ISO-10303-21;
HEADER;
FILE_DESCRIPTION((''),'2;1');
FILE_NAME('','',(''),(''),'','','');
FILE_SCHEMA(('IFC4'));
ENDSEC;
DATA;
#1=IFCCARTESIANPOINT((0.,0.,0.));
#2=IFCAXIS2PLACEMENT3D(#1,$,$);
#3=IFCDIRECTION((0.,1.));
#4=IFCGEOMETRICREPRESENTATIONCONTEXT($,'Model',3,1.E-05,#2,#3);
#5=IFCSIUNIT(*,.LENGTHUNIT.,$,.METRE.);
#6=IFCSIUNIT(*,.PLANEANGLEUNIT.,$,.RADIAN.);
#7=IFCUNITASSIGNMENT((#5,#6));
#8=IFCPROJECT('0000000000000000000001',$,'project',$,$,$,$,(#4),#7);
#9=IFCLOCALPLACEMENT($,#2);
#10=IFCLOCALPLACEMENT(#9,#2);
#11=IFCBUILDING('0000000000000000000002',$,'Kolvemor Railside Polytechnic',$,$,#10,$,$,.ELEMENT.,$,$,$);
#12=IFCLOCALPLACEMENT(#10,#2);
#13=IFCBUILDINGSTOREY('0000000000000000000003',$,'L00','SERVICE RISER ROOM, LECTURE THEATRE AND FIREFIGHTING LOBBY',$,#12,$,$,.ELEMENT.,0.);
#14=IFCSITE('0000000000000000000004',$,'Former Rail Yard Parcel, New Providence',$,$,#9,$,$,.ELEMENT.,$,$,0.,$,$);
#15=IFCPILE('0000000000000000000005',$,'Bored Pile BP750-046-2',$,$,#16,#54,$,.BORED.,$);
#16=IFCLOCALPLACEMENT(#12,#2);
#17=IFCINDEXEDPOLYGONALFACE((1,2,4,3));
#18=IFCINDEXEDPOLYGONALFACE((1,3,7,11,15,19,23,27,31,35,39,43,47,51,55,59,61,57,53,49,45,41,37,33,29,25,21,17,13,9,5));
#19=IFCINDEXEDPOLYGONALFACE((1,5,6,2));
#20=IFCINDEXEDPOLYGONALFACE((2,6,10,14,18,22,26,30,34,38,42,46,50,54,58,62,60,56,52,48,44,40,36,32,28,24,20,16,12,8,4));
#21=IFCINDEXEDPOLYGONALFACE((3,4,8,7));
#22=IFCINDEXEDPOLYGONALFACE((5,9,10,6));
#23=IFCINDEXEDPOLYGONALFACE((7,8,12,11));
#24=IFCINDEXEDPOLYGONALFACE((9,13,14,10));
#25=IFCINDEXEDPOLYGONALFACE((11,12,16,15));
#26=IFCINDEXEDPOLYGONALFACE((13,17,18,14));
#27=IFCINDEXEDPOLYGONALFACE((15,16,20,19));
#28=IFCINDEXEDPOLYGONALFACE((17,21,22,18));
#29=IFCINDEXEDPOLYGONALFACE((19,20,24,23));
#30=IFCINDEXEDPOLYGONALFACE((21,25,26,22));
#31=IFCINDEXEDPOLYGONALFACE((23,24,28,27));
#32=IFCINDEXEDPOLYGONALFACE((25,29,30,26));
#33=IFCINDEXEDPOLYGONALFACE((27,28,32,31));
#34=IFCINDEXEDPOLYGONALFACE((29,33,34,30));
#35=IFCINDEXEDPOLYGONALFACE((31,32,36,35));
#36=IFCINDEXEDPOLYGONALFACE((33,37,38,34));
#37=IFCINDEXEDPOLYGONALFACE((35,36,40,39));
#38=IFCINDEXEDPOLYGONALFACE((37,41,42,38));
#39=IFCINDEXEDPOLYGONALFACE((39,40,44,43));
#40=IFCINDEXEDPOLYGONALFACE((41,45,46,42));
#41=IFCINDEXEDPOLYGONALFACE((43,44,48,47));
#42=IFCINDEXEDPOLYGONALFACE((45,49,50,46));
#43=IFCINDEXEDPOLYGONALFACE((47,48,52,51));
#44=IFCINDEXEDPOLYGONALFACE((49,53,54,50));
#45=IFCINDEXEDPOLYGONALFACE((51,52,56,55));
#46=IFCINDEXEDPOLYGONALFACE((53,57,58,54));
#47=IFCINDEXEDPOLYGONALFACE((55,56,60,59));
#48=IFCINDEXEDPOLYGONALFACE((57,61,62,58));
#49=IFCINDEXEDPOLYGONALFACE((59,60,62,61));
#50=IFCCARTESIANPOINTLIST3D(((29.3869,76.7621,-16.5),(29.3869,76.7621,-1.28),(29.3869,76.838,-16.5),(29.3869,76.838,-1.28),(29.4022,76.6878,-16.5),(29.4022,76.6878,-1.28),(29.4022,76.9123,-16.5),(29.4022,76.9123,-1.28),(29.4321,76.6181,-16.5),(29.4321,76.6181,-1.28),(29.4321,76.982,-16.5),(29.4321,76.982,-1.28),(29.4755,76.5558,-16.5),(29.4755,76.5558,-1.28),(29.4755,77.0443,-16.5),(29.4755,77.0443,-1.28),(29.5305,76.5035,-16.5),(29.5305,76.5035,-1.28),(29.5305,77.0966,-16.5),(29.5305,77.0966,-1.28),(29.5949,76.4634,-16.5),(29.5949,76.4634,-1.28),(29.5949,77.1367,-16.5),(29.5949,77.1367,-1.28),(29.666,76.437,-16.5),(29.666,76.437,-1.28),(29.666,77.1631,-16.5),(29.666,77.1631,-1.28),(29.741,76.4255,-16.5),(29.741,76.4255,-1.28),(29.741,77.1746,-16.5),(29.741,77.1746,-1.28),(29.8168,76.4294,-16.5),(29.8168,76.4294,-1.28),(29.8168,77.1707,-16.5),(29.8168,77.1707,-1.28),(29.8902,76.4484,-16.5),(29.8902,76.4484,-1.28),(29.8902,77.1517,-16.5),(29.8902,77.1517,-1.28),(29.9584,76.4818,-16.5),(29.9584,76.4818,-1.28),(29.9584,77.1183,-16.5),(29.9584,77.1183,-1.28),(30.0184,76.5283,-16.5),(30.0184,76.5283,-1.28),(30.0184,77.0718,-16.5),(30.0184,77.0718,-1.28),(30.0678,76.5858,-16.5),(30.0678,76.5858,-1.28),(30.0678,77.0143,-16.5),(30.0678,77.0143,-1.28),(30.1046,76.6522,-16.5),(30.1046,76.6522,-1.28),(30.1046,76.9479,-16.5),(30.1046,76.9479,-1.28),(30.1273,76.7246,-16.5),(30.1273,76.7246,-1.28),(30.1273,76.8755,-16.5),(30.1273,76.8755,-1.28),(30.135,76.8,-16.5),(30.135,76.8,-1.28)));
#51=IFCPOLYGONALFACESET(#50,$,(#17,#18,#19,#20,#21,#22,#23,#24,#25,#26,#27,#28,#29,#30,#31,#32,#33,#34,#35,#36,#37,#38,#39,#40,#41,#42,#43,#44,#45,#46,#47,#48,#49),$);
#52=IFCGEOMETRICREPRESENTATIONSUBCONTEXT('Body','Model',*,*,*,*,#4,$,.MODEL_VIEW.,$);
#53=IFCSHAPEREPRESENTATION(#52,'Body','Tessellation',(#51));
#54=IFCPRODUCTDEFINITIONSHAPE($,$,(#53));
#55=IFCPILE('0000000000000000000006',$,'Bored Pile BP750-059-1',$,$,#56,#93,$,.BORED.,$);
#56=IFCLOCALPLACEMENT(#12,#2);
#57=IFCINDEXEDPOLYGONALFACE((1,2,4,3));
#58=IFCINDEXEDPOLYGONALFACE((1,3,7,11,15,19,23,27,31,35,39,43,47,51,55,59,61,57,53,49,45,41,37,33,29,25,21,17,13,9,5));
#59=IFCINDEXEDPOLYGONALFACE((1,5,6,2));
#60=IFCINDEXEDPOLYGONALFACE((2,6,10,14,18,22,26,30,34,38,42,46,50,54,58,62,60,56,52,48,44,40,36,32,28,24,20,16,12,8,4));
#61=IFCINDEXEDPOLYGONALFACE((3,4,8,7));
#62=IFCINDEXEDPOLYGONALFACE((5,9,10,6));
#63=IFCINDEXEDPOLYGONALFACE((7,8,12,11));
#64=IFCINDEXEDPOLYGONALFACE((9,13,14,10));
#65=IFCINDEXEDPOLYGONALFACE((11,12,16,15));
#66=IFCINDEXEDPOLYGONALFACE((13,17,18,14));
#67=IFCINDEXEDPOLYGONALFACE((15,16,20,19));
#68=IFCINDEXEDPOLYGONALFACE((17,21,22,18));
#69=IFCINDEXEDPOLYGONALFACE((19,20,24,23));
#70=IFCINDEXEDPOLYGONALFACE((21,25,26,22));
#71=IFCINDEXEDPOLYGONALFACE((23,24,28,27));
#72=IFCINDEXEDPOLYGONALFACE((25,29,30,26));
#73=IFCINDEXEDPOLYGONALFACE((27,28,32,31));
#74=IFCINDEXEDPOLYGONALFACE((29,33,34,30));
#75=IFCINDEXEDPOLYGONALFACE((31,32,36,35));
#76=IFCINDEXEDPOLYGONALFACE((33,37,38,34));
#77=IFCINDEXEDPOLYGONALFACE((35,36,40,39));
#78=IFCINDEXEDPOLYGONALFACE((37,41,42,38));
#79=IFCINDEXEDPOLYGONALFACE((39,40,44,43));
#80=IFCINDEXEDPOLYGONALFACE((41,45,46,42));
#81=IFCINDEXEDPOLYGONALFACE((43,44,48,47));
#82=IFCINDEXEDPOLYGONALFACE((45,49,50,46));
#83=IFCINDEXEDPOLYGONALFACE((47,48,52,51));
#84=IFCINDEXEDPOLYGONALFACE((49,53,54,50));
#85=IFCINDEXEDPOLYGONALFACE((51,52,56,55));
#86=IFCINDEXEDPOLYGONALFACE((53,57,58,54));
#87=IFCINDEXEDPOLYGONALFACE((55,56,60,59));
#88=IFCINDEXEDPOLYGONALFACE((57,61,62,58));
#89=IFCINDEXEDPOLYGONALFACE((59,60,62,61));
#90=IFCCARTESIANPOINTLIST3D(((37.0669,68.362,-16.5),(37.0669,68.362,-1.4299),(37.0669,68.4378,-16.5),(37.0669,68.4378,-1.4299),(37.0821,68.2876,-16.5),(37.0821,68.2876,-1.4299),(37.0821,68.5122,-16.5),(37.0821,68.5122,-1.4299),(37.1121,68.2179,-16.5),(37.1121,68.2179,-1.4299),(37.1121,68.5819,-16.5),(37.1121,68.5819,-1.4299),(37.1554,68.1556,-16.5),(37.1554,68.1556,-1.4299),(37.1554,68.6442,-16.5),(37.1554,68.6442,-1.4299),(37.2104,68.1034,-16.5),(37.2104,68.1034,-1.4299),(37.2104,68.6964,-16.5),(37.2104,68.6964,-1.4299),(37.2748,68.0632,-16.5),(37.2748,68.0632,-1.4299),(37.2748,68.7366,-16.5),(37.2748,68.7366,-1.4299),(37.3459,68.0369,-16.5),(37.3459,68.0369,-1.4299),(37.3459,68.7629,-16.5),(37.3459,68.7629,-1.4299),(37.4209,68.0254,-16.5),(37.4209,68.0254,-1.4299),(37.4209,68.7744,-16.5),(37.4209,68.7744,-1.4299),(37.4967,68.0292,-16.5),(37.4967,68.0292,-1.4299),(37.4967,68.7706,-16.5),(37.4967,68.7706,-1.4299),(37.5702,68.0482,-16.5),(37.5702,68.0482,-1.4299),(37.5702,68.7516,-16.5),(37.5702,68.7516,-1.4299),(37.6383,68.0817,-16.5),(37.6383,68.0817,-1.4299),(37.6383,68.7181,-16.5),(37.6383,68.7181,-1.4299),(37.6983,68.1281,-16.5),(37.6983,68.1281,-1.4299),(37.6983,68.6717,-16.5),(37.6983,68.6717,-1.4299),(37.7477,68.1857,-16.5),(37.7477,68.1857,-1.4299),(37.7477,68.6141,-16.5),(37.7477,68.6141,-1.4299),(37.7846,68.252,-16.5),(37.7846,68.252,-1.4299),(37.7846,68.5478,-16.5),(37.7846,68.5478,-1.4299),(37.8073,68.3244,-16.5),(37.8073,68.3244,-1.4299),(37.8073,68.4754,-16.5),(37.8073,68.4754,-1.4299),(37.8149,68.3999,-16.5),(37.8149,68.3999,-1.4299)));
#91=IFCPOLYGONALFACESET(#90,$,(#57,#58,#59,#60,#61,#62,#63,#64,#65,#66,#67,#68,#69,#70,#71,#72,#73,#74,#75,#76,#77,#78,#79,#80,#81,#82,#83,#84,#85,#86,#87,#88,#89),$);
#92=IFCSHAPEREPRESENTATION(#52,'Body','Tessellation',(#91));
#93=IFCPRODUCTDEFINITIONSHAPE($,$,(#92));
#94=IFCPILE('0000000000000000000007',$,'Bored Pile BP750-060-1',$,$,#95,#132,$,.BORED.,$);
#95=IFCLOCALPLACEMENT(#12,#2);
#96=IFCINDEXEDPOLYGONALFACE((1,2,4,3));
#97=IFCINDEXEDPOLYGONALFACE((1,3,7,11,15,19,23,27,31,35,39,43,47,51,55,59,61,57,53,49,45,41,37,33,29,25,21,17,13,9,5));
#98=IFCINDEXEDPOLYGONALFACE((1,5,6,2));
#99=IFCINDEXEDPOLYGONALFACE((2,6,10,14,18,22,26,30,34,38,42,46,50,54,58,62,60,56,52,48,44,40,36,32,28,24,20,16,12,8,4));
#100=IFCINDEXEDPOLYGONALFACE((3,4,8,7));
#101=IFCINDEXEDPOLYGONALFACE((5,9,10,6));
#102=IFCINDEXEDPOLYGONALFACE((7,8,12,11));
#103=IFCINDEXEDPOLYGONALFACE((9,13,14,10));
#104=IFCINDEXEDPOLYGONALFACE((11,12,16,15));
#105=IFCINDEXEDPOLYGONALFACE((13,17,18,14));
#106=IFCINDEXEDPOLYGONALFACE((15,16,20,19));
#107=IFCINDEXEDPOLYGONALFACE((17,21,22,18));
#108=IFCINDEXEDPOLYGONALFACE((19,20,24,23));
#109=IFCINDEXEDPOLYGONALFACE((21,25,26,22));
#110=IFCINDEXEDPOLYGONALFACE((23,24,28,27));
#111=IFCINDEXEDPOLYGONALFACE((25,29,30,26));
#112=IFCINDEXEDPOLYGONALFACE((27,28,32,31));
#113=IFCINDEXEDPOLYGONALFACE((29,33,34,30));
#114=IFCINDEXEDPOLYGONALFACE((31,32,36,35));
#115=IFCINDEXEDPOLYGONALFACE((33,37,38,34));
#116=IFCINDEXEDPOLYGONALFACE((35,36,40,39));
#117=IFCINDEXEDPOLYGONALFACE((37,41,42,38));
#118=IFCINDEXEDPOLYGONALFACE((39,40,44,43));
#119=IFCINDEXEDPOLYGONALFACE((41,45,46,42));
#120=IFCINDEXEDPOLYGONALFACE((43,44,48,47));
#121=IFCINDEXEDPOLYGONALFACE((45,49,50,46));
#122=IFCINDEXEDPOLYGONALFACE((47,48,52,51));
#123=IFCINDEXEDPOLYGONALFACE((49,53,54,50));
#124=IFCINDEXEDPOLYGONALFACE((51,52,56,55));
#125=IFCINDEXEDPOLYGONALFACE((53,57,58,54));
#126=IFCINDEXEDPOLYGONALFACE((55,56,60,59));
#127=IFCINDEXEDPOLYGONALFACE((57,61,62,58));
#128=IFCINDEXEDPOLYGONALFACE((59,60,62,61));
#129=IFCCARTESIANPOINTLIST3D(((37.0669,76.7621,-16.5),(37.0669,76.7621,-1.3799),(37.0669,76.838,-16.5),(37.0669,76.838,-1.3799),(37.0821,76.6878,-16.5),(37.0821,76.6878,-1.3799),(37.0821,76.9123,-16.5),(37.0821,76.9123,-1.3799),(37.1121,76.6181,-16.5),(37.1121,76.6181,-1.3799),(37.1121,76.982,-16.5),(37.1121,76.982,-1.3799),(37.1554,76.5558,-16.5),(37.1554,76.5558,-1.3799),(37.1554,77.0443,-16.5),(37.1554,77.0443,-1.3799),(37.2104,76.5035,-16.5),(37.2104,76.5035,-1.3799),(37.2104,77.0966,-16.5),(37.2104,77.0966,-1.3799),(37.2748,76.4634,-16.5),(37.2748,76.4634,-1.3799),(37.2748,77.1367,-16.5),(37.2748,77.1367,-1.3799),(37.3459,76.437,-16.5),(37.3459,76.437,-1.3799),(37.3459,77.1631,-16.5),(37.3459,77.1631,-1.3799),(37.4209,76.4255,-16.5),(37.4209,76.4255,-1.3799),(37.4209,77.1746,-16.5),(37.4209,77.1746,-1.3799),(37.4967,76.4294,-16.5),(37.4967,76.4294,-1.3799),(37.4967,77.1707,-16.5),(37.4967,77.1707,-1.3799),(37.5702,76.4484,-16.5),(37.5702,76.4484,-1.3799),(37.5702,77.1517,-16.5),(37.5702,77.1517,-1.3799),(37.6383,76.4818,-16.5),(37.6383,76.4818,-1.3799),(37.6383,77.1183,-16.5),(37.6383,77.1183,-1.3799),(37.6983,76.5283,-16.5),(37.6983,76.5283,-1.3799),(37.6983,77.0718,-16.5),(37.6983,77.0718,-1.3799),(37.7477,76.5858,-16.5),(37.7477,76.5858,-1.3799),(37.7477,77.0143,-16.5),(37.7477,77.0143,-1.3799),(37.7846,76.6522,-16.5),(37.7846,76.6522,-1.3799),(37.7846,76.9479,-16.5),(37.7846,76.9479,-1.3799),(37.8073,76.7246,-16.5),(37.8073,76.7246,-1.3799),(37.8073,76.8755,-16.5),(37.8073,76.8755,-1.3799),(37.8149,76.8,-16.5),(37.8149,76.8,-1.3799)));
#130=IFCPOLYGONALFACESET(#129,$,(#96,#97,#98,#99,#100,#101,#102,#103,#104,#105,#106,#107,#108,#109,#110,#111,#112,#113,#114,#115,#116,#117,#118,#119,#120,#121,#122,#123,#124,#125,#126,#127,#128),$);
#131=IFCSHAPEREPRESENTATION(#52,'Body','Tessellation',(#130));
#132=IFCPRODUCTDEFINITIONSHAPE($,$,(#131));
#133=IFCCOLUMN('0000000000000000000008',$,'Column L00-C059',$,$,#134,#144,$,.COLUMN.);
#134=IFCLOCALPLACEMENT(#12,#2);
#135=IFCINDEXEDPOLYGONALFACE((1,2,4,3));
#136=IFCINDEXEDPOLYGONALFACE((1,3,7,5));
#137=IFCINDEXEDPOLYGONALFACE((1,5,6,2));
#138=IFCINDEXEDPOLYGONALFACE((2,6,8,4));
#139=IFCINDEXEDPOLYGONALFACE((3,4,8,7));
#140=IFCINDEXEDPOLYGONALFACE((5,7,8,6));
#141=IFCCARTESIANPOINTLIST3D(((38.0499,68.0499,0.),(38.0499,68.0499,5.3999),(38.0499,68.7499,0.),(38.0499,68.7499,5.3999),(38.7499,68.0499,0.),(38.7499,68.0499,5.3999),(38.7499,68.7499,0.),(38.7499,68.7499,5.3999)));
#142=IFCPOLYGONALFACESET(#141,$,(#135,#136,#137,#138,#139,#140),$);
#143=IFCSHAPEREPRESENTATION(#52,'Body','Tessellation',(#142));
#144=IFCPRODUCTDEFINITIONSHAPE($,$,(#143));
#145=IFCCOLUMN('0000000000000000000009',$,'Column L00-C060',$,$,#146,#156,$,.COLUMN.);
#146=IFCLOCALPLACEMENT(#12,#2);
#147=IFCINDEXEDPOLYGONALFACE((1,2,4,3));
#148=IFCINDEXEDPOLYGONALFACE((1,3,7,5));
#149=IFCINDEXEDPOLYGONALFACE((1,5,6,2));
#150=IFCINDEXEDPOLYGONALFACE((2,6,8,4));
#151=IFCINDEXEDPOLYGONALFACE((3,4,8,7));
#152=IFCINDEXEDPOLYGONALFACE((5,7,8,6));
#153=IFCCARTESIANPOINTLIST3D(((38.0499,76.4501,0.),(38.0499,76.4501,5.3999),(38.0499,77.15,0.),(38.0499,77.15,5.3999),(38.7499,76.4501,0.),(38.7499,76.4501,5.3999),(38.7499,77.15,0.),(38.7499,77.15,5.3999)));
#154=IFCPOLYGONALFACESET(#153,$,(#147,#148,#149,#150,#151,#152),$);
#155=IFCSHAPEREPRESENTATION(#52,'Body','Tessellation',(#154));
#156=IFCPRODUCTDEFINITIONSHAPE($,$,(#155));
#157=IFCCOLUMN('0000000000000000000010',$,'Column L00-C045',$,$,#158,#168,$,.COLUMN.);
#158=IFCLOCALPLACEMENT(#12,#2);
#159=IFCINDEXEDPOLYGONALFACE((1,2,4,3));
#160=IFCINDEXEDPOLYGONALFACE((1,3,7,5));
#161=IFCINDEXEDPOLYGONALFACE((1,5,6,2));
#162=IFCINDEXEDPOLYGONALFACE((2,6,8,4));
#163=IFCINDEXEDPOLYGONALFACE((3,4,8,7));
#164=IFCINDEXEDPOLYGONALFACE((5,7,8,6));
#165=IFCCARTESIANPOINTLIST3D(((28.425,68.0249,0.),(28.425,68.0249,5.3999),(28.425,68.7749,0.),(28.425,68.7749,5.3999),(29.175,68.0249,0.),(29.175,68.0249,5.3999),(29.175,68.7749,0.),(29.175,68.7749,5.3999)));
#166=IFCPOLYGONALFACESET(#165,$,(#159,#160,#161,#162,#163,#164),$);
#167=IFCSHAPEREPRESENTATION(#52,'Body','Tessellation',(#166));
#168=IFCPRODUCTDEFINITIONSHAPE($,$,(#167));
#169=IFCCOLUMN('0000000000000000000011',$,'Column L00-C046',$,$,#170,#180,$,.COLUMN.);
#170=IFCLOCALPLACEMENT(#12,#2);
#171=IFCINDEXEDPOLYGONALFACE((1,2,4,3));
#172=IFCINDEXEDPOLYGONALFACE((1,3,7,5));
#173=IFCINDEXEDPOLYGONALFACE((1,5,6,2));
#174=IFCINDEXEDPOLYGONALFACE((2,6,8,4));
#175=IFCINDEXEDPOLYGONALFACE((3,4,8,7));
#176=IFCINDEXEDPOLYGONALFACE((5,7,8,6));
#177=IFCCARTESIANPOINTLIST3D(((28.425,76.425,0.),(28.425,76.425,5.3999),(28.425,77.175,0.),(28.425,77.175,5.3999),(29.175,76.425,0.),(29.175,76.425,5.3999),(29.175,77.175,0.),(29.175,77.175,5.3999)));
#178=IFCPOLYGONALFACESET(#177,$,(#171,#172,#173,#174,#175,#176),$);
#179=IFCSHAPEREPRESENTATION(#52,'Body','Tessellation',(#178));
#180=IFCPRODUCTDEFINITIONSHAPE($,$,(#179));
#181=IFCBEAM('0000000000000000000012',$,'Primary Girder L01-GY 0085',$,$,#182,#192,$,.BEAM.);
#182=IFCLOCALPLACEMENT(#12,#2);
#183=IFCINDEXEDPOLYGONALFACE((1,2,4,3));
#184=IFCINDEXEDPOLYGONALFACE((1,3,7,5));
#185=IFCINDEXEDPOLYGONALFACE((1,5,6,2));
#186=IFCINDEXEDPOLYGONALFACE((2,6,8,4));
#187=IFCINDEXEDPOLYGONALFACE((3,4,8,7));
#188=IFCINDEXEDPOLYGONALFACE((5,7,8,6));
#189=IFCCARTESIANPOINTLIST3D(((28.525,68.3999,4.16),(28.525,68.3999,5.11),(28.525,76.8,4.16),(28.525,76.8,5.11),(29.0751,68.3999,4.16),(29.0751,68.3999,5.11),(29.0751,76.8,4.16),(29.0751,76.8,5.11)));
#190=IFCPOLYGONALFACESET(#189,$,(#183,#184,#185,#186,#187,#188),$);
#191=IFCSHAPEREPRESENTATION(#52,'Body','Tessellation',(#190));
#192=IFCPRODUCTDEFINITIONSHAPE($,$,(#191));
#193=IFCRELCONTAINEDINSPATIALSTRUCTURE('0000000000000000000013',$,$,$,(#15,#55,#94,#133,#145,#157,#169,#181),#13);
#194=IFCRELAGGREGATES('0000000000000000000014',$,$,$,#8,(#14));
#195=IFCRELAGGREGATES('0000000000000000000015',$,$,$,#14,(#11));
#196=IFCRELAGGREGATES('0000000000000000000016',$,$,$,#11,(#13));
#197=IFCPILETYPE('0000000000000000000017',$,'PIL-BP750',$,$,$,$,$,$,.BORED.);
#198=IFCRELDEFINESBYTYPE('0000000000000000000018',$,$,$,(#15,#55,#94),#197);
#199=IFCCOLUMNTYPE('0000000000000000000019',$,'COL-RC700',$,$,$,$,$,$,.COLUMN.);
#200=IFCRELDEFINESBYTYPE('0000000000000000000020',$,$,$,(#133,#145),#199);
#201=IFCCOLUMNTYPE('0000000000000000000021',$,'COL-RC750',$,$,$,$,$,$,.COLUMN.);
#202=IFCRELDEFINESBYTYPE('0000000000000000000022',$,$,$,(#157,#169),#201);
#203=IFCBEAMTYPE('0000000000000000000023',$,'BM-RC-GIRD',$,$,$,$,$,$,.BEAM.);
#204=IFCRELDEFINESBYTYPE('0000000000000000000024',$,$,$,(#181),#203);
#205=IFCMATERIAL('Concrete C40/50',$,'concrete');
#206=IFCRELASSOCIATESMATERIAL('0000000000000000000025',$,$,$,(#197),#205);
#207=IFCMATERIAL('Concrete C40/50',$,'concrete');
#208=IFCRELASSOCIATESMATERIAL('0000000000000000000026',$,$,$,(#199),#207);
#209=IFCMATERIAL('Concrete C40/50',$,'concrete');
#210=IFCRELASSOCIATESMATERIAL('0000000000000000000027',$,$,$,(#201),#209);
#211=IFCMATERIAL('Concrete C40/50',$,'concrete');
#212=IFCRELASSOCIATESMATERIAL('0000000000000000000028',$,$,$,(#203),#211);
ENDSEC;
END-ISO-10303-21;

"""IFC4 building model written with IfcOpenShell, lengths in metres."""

from ifc_helpers import new_model, si_unit, direction, frame, origin, origin_2d, place, context, subcontext, project, spatial, rectangle, circle, extrude, material, material_profile, profile_set, type_object, element, save


model = new_model("IFC4")

# Units and contexts
model_context = context("Model", 3, precision=1e-05, world=origin(), true_north=direction((0.0, 1.0)))
body_context = subcontext(model_context, "Body", "Model", "MODEL_VIEW")
ifc_project = project(units=[si_unit("LENGTHUNIT", "METRE"), si_unit("PLANEANGLEUNIT", "RADIAN")], contexts=[model_context])

# Site, building, storey
site_placement = place(None, origin())
site = spatial("IfcSite", under=ifc_project, at=site_placement, Name="Former Rail Yard Parcel, New Providence", CompositionType="ELEMENT", RefElevation=0.0)
building_placement = place(site_placement, origin())
building = spatial("IfcBuilding", under=site, at=building_placement, Name="Kolvemor Railside Polytechnic", CompositionType="ELEMENT")
storey_placement = place(building_placement, origin())
storey = spatial("IfcBuildingStorey", under=building, at=storey_placement, Name="L00", Description="SERVICE RISER ROOM, LECTURE THEATRE AND FIREFIGHTING LOBBY", CompositionType="ELEMENT", Elevation=0.0)

# Piles
ifc_material_1 = material(Name="Concrete C40/50", Category="concrete")
ifc_material_profile_1 = material_profile(ifc_material_1, circle(Radius=0.375, at=origin_2d()), Name="BP750")
ifc_profile_set_1 = profile_set([ifc_material_profile_1], Name="Concrete C40/50")
pile_type = type_object("IfcPileType", Name="PIL-BP750", PredefinedType="BORED", material=ifc_profile_set_1)
for number, where, z_axis, x_axis, name in (
    (1, (29.76, 76.8, -1.28), (0.0, 0.0, -1.0), (1.0, 0.0, 0.0), "Bored Pile BP750-046-2"),
):
    element("IfcPile", number, at=place(storey_placement, frame(where, z_axis=z_axis, x_axis=x_axis)), inside=storey, type_object=pile_type, Name=name, PredefinedType="BORED", context=body_context, shape_type="SweptSolid", body=[
        extrude(circle(Radius=0.375, at=origin_2d()), origin(), (0.0, 0.0, 1.0), 15.22),
    ])
pile_1_placement = place(storey_placement, frame((37.4399, 68.3999, -1.4299), z_axis=(0.0, 0.0, -1.0), x_axis=(1.0, 0.0, 0.0)))
element("IfcPile", 2, at=pile_1_placement, inside=storey, type_object=pile_type, Name="Bored Pile BP750-059-1", PredefinedType="BORED", context=body_context, shape_type="SweptSolid", body=[
    extrude(circle(Radius=0.375, at=origin_2d()), origin(), (0.0, 0.0, 1.0), 15.0701),
])
pile_2_placement = place(storey_placement, frame((37.4399, 76.8, -1.3799), z_axis=(0.0, 0.0, -1.0), x_axis=(1.0, 0.0, 0.0)))
element("IfcPile", 3, at=pile_2_placement, inside=storey, type_object=pile_type, Name="Bored Pile BP750-060-1", PredefinedType="BORED", context=body_context, shape_type="SweptSolid", body=[
    extrude(circle(Radius=0.375, at=origin_2d()), origin(), (0.0, 0.0, 1.0), 15.1201),
])

# Columns
ifc_material_2 = material(Name="Concrete C40/50", Category="concrete")
ifc_material_profile_2 = material_profile(ifc_material_2, rectangle(XDim=0.7, YDim=0.7, at=origin_2d()), Name="RC700x700")
ifc_profile_set_2 = profile_set([ifc_material_profile_2], Name="Concrete C40/50")
column_type_1 = type_object("IfcColumnType", Name="COL-RC700", PredefinedType="COLUMN", material=ifc_profile_set_2)
for number, where, z_axis, x_axis, name in (
    (4, (38.3999, 68.3999, 0.0), (0.0, 0.0, 1.0), (1.0, 0.0, 0.0), "Column L00-C059"),
    (5, (38.3999, 76.8, 0.0), (0.0, 0.0, 1.0), (1.0, 0.0, 0.0), "Column L00-C060"),
):
    element("IfcColumn", number, at=place(storey_placement, frame(where, z_axis=z_axis, x_axis=x_axis)), inside=storey, type_object=column_type_1, Name=name, PredefinedType="COLUMN", context=body_context, shape_type="SweptSolid", body=[
        extrude(rectangle(XDim=0.7, YDim=0.7, at=origin_2d()), origin(), (0.0, 0.0, 1.0), 5.3999),
    ])
ifc_material_3 = material(Name="Concrete C40/50", Category="concrete")
ifc_material_profile_3 = material_profile(ifc_material_3, rectangle(XDim=0.75, YDim=0.75, at=origin_2d()), Name="RC750x750")
ifc_profile_set_3 = profile_set([ifc_material_profile_3], Name="Concrete C40/50")
column_type_2 = type_object("IfcColumnType", Name="COL-RC750", PredefinedType="COLUMN", material=ifc_profile_set_3)
for number, where, z_axis, x_axis, name in (
    (6, (28.8, 68.3999, 0.0), (0.0, 0.0, 1.0), (1.0, 0.0, 0.0), "Column L00-C045"),
    (7, (28.8, 76.8, 0.0), (0.0, 0.0, 1.0), (1.0, 0.0, 0.0), "Column L00-C046"),
):
    element("IfcColumn", number, at=place(storey_placement, frame(where, z_axis=z_axis, x_axis=x_axis)), inside=storey, type_object=column_type_2, Name=name, PredefinedType="COLUMN", context=body_context, shape_type="SweptSolid", body=[
        extrude(rectangle(XDim=0.75, YDim=0.75, at=origin_2d()), origin(), (0.0, 0.0, 1.0), 5.3999),
    ])

# Beam
ifc_material_4 = material(Name="Concrete C40/50", Category="concrete")
ifc_material_profile_4 = material_profile(ifc_material_4, rectangle(XDim=0.55, YDim=0.95, at=origin_2d()), Name="RC550x950")
ifc_profile_set_4 = profile_set([ifc_material_profile_4], Name="Concrete C40/50")
beam_type_1 = type_object("IfcBeamType", Name="BM-RC-GIRD", PredefinedType="BEAM", material=ifc_profile_set_4)
beam_1_placement = place(storey_placement, frame((28.8, 68.3999, 4.635), z_axis=(0.0, 1.0, 0.0), x_axis=(-1.0, 0.0, 0.0)))
element("IfcBeam", 8, at=beam_1_placement, inside=storey, type_object=beam_type_1, Name="Primary Girder L01-GY 0085", PredefinedType="BEAM", context=body_context, shape_type="SweptSolid", body=[
    extrude(rectangle(XDim=0.55, YDim=0.95, at=origin_2d()), origin(), (0.0, 0.0, 1.0), 8.4001),
])

save(model, "model.ifc")
